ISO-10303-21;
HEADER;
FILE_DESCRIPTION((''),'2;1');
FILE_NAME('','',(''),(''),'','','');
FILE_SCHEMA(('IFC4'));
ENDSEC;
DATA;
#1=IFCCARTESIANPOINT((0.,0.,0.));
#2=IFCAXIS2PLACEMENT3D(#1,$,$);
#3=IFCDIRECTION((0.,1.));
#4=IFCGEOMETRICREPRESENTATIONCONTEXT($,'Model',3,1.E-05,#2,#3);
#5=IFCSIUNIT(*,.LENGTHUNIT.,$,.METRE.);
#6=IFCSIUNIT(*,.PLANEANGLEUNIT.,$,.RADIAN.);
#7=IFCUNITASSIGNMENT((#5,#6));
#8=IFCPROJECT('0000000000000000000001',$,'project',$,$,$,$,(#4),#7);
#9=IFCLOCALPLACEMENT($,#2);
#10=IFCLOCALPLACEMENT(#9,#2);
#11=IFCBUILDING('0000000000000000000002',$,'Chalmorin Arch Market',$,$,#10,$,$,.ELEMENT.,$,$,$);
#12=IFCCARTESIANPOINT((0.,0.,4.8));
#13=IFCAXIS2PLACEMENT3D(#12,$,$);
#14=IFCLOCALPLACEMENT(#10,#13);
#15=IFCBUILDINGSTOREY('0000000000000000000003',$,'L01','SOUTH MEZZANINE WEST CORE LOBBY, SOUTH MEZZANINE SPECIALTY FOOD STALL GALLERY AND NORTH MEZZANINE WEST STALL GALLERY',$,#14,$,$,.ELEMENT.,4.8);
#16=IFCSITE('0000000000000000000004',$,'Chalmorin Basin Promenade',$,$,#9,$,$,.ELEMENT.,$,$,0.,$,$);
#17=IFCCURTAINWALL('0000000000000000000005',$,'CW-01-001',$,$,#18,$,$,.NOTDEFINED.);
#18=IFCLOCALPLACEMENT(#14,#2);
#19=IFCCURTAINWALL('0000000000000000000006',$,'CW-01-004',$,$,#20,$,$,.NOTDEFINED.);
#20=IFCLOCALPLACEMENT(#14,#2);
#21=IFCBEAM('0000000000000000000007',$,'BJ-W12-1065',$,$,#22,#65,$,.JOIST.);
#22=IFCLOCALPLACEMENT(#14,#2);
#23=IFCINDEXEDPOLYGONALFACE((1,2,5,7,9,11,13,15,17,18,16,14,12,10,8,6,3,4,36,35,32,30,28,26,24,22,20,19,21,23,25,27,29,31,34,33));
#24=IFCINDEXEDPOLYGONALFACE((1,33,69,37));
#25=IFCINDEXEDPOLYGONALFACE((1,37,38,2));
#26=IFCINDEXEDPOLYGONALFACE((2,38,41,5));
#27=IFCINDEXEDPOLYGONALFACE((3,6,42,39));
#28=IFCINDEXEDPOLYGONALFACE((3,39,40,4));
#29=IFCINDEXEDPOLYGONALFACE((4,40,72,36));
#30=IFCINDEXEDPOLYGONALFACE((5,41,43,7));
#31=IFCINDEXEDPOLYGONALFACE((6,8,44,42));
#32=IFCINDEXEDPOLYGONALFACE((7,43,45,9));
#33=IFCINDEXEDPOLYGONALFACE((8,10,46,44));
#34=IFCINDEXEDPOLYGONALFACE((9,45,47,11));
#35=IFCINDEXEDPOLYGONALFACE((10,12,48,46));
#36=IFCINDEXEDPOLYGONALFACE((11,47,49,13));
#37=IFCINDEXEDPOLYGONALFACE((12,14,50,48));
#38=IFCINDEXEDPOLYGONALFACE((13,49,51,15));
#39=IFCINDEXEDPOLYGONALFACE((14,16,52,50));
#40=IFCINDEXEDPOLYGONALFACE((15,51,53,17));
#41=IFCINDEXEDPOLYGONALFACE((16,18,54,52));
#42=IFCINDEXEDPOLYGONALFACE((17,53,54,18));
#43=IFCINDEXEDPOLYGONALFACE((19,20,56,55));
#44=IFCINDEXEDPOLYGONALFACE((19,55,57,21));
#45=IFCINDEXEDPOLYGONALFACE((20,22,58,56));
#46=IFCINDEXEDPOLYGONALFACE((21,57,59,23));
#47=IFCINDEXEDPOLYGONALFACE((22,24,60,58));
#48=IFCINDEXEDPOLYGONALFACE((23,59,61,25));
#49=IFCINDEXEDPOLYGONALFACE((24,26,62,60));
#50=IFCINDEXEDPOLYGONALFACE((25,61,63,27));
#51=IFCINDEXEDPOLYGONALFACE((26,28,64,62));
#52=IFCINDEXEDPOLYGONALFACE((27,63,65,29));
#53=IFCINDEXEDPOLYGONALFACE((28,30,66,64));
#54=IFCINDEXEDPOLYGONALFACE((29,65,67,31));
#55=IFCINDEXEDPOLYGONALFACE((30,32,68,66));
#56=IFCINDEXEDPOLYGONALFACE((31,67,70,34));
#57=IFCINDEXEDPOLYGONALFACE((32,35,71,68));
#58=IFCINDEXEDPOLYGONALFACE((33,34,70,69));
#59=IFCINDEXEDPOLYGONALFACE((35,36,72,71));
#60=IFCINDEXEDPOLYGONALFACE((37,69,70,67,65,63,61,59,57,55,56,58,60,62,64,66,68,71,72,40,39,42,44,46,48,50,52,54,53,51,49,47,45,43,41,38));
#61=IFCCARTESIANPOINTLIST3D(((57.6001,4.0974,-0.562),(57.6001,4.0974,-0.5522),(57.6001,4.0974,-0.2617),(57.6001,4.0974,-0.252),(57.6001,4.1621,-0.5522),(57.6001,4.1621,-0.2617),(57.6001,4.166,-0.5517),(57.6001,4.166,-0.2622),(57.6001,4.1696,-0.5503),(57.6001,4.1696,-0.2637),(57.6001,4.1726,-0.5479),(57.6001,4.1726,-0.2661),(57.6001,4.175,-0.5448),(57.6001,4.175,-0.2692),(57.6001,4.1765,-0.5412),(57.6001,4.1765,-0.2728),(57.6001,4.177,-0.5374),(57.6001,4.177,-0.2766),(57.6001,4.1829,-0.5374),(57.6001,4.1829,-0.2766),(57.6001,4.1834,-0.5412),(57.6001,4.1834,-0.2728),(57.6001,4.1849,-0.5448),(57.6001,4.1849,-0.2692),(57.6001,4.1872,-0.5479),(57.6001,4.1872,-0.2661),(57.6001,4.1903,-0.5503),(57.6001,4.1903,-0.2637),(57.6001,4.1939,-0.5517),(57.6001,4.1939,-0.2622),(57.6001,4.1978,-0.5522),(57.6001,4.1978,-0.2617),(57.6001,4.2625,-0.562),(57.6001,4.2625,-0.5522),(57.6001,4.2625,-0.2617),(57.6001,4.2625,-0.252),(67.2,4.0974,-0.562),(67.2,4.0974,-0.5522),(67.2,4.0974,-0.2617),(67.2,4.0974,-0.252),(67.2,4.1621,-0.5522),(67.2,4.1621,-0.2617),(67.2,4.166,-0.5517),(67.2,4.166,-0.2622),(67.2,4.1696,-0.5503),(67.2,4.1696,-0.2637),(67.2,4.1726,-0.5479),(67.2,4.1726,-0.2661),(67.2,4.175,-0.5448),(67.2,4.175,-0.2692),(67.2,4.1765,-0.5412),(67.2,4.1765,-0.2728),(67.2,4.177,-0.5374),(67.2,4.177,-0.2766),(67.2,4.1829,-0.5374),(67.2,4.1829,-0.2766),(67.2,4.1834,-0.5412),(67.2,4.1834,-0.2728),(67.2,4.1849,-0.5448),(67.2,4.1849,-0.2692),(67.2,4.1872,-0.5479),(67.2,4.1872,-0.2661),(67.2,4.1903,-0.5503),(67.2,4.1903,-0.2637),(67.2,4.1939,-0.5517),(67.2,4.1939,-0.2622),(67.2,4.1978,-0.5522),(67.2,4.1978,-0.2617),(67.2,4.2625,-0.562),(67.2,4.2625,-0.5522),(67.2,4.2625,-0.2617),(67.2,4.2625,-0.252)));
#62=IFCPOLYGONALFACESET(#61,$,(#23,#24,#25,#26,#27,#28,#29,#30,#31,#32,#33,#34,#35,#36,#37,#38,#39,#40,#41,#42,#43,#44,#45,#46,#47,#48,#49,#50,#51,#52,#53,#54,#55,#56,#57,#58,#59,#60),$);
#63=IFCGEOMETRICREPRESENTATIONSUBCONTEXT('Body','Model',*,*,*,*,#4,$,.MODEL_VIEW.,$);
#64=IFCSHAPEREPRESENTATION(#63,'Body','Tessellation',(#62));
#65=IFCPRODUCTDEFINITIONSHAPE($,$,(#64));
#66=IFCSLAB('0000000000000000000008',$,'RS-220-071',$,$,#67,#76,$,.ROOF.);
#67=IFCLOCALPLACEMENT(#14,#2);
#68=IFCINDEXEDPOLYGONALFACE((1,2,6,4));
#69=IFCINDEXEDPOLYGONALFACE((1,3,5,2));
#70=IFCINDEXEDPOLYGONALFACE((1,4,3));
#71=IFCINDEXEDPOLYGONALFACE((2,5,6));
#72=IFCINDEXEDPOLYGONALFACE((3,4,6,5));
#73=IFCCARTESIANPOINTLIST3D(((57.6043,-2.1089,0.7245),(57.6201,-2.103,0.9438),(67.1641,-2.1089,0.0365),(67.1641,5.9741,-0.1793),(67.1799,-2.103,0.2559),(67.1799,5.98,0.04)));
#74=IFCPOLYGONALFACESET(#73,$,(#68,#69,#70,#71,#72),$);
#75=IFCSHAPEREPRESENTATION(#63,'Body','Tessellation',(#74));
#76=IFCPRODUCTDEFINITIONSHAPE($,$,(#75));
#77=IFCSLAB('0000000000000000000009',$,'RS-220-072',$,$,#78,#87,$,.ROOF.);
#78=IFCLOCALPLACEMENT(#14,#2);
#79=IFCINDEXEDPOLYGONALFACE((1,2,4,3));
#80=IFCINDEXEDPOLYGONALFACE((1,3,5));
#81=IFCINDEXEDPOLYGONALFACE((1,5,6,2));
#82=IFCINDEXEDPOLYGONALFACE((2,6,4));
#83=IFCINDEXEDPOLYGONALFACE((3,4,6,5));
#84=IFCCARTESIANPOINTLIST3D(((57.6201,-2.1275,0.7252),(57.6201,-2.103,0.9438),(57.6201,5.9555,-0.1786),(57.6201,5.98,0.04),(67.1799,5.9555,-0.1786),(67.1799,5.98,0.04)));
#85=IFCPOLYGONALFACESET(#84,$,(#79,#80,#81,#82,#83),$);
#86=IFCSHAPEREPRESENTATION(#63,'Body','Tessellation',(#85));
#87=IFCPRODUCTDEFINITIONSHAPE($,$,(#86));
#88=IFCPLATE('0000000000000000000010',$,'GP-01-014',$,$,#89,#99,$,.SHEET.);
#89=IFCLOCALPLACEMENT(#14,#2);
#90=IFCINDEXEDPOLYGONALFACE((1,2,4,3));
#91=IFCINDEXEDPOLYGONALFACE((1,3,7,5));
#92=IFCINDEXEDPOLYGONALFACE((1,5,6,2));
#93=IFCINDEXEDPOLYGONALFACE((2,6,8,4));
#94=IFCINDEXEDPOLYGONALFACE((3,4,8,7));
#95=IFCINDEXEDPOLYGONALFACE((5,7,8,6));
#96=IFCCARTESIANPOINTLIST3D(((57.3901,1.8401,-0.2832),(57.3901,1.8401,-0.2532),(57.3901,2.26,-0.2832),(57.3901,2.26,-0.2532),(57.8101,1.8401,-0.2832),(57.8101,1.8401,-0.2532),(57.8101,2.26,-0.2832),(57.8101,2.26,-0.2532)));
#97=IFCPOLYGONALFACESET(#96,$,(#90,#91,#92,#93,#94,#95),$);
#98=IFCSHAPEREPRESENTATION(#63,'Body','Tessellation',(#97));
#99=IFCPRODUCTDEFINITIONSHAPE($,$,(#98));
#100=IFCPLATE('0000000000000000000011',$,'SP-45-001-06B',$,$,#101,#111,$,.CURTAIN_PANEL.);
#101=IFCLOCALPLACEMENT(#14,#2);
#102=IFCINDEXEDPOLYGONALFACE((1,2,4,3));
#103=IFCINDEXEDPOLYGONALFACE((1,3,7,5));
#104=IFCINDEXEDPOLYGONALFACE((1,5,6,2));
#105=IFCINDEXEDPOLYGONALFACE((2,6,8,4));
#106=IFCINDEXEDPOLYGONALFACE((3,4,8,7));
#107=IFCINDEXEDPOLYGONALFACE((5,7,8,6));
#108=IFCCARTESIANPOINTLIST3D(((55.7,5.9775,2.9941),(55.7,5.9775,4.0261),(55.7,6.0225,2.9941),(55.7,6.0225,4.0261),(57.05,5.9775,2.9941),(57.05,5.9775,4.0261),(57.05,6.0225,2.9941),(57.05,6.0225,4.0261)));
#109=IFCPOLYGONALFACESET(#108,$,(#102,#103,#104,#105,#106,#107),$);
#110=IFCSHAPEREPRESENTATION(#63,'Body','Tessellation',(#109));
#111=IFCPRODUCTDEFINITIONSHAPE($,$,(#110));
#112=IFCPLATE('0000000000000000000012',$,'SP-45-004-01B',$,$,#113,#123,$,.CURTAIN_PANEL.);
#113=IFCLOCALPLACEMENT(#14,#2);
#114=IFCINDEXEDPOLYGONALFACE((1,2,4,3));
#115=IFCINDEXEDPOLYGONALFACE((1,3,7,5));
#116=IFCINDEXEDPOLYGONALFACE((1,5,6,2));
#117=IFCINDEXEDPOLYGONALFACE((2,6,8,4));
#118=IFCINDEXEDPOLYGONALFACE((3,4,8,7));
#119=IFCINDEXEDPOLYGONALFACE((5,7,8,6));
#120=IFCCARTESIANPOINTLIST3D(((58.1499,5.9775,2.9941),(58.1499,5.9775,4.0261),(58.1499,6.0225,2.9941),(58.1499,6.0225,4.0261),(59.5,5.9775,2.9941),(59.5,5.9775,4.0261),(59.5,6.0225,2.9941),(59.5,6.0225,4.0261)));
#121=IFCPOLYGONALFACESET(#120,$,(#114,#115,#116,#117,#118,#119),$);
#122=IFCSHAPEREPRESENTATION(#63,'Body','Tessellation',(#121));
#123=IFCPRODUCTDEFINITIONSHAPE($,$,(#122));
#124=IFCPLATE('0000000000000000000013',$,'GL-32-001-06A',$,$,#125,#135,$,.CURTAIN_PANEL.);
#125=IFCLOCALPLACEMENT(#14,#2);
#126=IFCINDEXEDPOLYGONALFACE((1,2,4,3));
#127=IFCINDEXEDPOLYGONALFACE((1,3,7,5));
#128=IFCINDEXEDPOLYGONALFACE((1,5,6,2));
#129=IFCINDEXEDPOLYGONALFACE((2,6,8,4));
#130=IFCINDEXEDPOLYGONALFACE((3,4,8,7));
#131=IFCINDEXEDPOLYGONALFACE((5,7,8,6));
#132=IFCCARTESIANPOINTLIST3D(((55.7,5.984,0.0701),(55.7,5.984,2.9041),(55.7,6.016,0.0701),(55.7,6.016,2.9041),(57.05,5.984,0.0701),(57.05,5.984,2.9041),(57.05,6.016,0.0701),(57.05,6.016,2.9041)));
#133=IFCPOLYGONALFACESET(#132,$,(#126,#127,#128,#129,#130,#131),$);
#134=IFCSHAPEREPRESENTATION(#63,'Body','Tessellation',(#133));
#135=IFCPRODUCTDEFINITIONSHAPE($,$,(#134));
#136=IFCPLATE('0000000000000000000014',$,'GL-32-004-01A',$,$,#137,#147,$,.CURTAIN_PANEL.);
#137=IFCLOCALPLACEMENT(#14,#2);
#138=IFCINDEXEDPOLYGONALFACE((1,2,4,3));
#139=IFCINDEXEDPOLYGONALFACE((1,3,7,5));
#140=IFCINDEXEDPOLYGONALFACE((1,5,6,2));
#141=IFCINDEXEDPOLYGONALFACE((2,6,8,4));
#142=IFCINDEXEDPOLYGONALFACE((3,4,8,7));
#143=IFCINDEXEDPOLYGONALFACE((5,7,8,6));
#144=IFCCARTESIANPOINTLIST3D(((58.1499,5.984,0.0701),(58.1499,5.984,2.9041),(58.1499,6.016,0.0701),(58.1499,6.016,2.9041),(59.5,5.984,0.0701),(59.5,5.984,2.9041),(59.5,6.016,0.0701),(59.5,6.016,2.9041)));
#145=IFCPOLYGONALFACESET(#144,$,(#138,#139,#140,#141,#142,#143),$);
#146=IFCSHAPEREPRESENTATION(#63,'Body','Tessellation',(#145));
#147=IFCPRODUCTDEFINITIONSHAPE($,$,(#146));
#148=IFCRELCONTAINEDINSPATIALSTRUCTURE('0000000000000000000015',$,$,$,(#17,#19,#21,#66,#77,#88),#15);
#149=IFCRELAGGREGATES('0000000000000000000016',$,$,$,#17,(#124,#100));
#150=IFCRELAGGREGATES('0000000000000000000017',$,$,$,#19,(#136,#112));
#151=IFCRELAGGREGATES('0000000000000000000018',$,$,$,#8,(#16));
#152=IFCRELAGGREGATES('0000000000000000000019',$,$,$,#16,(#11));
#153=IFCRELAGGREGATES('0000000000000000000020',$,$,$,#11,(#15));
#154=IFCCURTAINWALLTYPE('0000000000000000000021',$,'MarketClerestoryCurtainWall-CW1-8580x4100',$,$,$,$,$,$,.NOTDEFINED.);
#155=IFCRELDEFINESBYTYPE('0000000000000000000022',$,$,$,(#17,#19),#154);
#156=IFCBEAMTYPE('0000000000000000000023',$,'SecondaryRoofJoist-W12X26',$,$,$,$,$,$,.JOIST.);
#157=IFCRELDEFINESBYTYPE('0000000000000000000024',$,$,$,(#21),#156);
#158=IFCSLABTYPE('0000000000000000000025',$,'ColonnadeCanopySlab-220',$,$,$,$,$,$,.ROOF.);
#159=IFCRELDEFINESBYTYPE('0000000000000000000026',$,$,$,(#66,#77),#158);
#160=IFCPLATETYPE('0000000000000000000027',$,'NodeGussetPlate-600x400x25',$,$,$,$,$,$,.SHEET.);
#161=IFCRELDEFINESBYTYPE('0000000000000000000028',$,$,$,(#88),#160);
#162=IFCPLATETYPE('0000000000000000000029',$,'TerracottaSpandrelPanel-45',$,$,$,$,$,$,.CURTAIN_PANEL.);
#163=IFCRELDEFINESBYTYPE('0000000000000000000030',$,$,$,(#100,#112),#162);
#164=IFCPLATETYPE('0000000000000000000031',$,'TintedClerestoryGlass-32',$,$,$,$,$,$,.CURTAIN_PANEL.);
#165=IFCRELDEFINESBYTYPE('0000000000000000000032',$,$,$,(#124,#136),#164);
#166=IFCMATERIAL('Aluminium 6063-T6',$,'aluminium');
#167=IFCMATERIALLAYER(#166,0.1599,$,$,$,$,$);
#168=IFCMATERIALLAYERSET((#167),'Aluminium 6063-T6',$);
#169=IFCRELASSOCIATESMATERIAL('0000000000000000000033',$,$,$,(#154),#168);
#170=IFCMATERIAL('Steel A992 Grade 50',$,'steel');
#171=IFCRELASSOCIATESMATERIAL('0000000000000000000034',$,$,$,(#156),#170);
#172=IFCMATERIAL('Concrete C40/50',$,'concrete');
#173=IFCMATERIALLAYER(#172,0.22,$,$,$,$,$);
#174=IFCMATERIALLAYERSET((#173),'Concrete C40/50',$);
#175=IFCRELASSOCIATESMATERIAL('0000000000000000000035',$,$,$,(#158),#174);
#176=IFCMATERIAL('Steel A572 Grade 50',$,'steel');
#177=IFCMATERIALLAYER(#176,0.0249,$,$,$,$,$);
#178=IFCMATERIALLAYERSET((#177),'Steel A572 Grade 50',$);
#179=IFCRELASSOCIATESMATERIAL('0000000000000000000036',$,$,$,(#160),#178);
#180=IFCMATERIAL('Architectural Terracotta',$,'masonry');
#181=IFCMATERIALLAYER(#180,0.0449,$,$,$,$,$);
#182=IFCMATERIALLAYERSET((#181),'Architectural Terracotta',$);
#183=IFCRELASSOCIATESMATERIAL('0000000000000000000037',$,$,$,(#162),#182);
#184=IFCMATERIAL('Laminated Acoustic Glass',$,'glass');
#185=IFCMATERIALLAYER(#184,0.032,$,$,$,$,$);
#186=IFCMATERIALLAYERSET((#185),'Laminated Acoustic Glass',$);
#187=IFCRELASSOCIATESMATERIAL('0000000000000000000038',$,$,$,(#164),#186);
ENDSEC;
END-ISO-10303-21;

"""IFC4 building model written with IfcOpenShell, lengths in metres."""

from ifc_helpers import new_model, si_unit, direction, frame, origin, origin_2d, place, context, subcontext, project, spatial, polyline, rectangle, i_section, outline, extrude, material, layer, layer_set, material_profile, profile_set, type_object, element, aggregate, save


model = new_model("IFC4")

# Units and contexts
model_context = context("Model", 3, precision=1e-05, world=origin(), true_north=direction((0.0, 1.0)))
body_context = subcontext(model_context, "Body", "Model", "MODEL_VIEW")
ifc_project = project(units=[si_unit("LENGTHUNIT", "METRE"), si_unit("PLANEANGLEUNIT", "RADIAN")], contexts=[model_context])

# Site, building, storey
site_placement = place(None, origin())
site = spatial("IfcSite", under=ifc_project, at=site_placement, Name="Chalmorin Basin Promenade", CompositionType="ELEMENT", RefElevation=0.0)
building_placement = place(site_placement, origin())
building = spatial("IfcBuilding", under=site, at=building_placement, Name="Chalmorin Arch Market", CompositionType="ELEMENT")
storey_placement = place(building_placement, frame((0.0, 0.0, 4.8)))
storey = spatial("IfcBuildingStorey", under=building, at=storey_placement, Name="L01", Description="SOUTH MEZZANINE WEST CORE LOBBY, SOUTH MEZZANINE SPECIALTY FOOD STALL GALLERY AND NORTH MEZZANINE WEST STALL GALLERY", CompositionType="ELEMENT", Elevation=4.8)

# Curtain wall
ifc_material_1 = material(Name="Aluminium 6063-T6", Category="aluminium")
ifc_layer_1 = layer(ifc_material_1, 0.1599)
ifc_layer_set_1 = layer_set([ifc_layer_1], Name="Aluminium 6063-T6")
curtain_wall_type = type_object("IfcCurtainWallType", Name="MarketClerestoryCurtainWall-CW1-8580x4100", PredefinedType="NOTDEFINED", material=ifc_layer_set_1)
curtain_wall_1_placement = place(storey_placement, origin())
curtain_wall_1 = element("IfcCurtainWall", 1, at=curtain_wall_1_placement, inside=storey, type_object=curtain_wall_type, Name="CW-01-001", PredefinedType="NOTDEFINED")

# Curtain wall
curtain_wall_2_placement = place(storey_placement, origin())
curtain_wall_2 = element("IfcCurtainWall", 2, at=curtain_wall_2_placement, inside=storey, type_object=curtain_wall_type, Name="CW-01-004", PredefinedType="NOTDEFINED")

# Beam
ifc_material_2 = material(Name="Steel A992 Grade 50", Category="steel")
ifc_material_profile_1 = material_profile(ifc_material_2, i_section(OverallWidth=0.165, OverallDepth=0.3101, WebThickness=0.0059, FlangeThickness=0.0098, FilletRadius=0.0149, at=origin_2d()), Name="W12X26")
ifc_profile_set_1 = profile_set([ifc_material_profile_1], Name="Steel A992 Grade 50")
beam_type_1 = type_object("IfcBeamType", Name="SecondaryRoofJoist-W12X26", PredefinedType="JOIST", material=ifc_profile_set_1)
for number, where, z_axis, x_axis, name in (
    (3, (57.6001, 4.1799, -0.407), (1.0, 0.0, 0.0), (0.0, 1.0, 0.0), "BJ-W12-1065"),
):
    element("IfcBeam", number, at=place(storey_placement, frame(where, z_axis=z_axis, x_axis=x_axis)), inside=storey, type_object=beam_type_1, Name=name, PredefinedType="JOIST", context=body_context, shape_type="SweptSolid", body=[
        extrude(i_section(OverallWidth=0.165, OverallDepth=0.3101, WebThickness=0.0059, FlangeThickness=0.0098, FilletRadius=0.0149, at=origin_2d()), origin(), (0.0, 0.0, 1.0), 9.5999),
    ])

# Slabs
ifc_material_3 = material(Name="Concrete C40/50", Category="concrete")
ifc_layer_2 = layer(ifc_material_3, 0.22)
ifc_layer_set_2 = layer_set([ifc_layer_2], Name="Concrete C40/50")
slab_type = type_object("IfcSlabType", Name="ColonnadeCanopySlab-220", PredefinedType="ROOF", material=ifc_layer_set_2)
slab_1_placement = place(storey_placement, frame((57.6201, -2.103, 0.9438), z_axis=(0.071756, 0.026622, 0.997067), x_axis=(0.99742, 0.0, -0.071781)))
element("IfcSlab", 4, at=slab_1_placement, inside=storey, type_object=slab_type, Name="RS-220-071", PredefinedType="ROOF", context=body_context, shape_type="SweptSolid", body=[
    extrude(outline(polyline([(0.0, 0.0), (9.5845, 0.0), (9.6, 8.0859), (0.0, 0.0)])), origin(), (0.0, 0.0, -1.0), 0.22),
])
slab_2_placement = place(storey_placement, frame((57.6201, -2.103, 0.9438), z_axis=(0.0, 0.111123, 0.993807), x_axis=(0.761643, 0.643984, -0.072008)))
element("IfcSlab", 5, at=slab_2_placement, inside=storey, type_object=slab_type, Name="RS-220-072", PredefinedType="ROOF", context=body_context, shape_type="SweptSolid", body=[
    extrude(outline(polyline([(0.0, 0.0), (12.5516, 0.0), (5.2704, 6.1947), (0.0, 0.0)])), origin(), (0.0, 0.0, -1.0), 0.22),
])

# Plates
ifc_material_4 = material(Name="Steel A572 Grade 50", Category="steel")
ifc_layer_3 = layer(ifc_material_4, 0.0249)
ifc_layer_set_3 = layer_set([ifc_layer_3], Name="Steel A572 Grade 50")
plate_type_1 = type_object("IfcPlateType", Name="NodeGussetPlate-600x400x25", PredefinedType="SHEET", material=ifc_layer_set_3)
plate_1_placement = place(storey_placement, frame((57.6001, 2.05, -0.2832), z_axis=(0.0, 0.0, 1.0), x_axis=(1.0, 0.0, 0.0)))
element("IfcPlate", 6, at=plate_1_placement, inside=storey, type_object=plate_type_1, Name="GP-01-014", PredefinedType="SHEET", context=body_context, shape_type="SweptSolid", body=[
    extrude(rectangle(XDim=0.4199, YDim=0.4199, at=origin_2d()), origin(), (0.0, 0.0, 1.0), 0.03),
])
ifc_material_5 = material(Name="Architectural Terracotta", Category="masonry")
ifc_layer_4 = layer(ifc_material_5, 0.0449)
ifc_layer_set_4 = layer_set([ifc_layer_4], Name="Architectural Terracotta")
plate_type_2 = type_object("IfcPlateType", Name="TerracottaSpandrelPanel-45", PredefinedType="CURTAIN_PANEL", material=ifc_layer_set_4)
plate_2_placement = place(storey_placement, frame((56.375, 6.0, 2.9941), z_axis=(0.0, 0.0, 1.0), x_axis=(1.0, 0.0, 0.0)))
plate_2 = element("IfcPlate", 7, at=plate_2_placement, type_object=plate_type_2, Name="SP-45-001-06B", PredefinedType="CURTAIN_PANEL", context=body_context, shape_type="SweptSolid", body=[
    extrude(rectangle(XDim=1.3501, YDim=0.0449, at=origin_2d()), origin(), (0.0, 0.0, 1.0), 1.032),
])
plate_3_placement = place(storey_placement, frame((58.825, 6.0, 2.9941), z_axis=(0.0, 0.0, 1.0), x_axis=(1.0, 0.0, 0.0)))
plate_3 = element("IfcPlate", 8, at=plate_3_placement, type_object=plate_type_2, Name="SP-45-004-01B", PredefinedType="CURTAIN_PANEL", context=body_context, shape_type="SweptSolid", body=[
    extrude(rectangle(XDim=1.3501, YDim=0.0449, at=origin_2d()), origin(), (0.0, 0.0, 1.0), 1.032),
])
ifc_material_6 = material(Name="Laminated Acoustic Glass", Category="glass")
ifc_layer_5 = layer(ifc_material_6, 0.032)
ifc_layer_set_5 = layer_set([ifc_layer_5], Name="Laminated Acoustic Glass")
plate_type_3 = type_object("IfcPlateType", Name="TintedClerestoryGlass-32", PredefinedType="CURTAIN_PANEL", material=ifc_layer_set_5)
plate_4_placement = place(storey_placement, frame((56.375, 6.0, 0.0701), z_axis=(0.0, 0.0, 1.0), x_axis=(1.0, 0.0, 0.0)))
plate_4 = element("IfcPlate", 9, at=plate_4_placement, type_object=plate_type_3, Name="GL-32-001-06A", PredefinedType="CURTAIN_PANEL", context=body_context, shape_type="SweptSolid", body=[
    extrude(rectangle(XDim=1.3501, YDim=0.032, at=origin_2d()), origin(), (0.0, 0.0, 1.0), 2.834),
])
aggregate(curtain_wall_1, [plate_4, plate_2])
plate_5_placement = place(storey_placement, frame((58.825, 6.0, 0.0701), z_axis=(0.0, 0.0, 1.0), x_axis=(1.0, 0.0, 0.0)))
plate_5 = element("IfcPlate", 10, at=plate_5_placement, type_object=plate_type_3, Name="GL-32-004-01A", PredefinedType="CURTAIN_PANEL", context=body_context, shape_type="SweptSolid", body=[
    extrude(rectangle(XDim=1.3501, YDim=0.032, at=origin_2d()), origin(), (0.0, 0.0, 1.0), 2.834),
])
aggregate(curtain_wall_2, [plate_5, plate_3])

save(model, "model.ifc")
